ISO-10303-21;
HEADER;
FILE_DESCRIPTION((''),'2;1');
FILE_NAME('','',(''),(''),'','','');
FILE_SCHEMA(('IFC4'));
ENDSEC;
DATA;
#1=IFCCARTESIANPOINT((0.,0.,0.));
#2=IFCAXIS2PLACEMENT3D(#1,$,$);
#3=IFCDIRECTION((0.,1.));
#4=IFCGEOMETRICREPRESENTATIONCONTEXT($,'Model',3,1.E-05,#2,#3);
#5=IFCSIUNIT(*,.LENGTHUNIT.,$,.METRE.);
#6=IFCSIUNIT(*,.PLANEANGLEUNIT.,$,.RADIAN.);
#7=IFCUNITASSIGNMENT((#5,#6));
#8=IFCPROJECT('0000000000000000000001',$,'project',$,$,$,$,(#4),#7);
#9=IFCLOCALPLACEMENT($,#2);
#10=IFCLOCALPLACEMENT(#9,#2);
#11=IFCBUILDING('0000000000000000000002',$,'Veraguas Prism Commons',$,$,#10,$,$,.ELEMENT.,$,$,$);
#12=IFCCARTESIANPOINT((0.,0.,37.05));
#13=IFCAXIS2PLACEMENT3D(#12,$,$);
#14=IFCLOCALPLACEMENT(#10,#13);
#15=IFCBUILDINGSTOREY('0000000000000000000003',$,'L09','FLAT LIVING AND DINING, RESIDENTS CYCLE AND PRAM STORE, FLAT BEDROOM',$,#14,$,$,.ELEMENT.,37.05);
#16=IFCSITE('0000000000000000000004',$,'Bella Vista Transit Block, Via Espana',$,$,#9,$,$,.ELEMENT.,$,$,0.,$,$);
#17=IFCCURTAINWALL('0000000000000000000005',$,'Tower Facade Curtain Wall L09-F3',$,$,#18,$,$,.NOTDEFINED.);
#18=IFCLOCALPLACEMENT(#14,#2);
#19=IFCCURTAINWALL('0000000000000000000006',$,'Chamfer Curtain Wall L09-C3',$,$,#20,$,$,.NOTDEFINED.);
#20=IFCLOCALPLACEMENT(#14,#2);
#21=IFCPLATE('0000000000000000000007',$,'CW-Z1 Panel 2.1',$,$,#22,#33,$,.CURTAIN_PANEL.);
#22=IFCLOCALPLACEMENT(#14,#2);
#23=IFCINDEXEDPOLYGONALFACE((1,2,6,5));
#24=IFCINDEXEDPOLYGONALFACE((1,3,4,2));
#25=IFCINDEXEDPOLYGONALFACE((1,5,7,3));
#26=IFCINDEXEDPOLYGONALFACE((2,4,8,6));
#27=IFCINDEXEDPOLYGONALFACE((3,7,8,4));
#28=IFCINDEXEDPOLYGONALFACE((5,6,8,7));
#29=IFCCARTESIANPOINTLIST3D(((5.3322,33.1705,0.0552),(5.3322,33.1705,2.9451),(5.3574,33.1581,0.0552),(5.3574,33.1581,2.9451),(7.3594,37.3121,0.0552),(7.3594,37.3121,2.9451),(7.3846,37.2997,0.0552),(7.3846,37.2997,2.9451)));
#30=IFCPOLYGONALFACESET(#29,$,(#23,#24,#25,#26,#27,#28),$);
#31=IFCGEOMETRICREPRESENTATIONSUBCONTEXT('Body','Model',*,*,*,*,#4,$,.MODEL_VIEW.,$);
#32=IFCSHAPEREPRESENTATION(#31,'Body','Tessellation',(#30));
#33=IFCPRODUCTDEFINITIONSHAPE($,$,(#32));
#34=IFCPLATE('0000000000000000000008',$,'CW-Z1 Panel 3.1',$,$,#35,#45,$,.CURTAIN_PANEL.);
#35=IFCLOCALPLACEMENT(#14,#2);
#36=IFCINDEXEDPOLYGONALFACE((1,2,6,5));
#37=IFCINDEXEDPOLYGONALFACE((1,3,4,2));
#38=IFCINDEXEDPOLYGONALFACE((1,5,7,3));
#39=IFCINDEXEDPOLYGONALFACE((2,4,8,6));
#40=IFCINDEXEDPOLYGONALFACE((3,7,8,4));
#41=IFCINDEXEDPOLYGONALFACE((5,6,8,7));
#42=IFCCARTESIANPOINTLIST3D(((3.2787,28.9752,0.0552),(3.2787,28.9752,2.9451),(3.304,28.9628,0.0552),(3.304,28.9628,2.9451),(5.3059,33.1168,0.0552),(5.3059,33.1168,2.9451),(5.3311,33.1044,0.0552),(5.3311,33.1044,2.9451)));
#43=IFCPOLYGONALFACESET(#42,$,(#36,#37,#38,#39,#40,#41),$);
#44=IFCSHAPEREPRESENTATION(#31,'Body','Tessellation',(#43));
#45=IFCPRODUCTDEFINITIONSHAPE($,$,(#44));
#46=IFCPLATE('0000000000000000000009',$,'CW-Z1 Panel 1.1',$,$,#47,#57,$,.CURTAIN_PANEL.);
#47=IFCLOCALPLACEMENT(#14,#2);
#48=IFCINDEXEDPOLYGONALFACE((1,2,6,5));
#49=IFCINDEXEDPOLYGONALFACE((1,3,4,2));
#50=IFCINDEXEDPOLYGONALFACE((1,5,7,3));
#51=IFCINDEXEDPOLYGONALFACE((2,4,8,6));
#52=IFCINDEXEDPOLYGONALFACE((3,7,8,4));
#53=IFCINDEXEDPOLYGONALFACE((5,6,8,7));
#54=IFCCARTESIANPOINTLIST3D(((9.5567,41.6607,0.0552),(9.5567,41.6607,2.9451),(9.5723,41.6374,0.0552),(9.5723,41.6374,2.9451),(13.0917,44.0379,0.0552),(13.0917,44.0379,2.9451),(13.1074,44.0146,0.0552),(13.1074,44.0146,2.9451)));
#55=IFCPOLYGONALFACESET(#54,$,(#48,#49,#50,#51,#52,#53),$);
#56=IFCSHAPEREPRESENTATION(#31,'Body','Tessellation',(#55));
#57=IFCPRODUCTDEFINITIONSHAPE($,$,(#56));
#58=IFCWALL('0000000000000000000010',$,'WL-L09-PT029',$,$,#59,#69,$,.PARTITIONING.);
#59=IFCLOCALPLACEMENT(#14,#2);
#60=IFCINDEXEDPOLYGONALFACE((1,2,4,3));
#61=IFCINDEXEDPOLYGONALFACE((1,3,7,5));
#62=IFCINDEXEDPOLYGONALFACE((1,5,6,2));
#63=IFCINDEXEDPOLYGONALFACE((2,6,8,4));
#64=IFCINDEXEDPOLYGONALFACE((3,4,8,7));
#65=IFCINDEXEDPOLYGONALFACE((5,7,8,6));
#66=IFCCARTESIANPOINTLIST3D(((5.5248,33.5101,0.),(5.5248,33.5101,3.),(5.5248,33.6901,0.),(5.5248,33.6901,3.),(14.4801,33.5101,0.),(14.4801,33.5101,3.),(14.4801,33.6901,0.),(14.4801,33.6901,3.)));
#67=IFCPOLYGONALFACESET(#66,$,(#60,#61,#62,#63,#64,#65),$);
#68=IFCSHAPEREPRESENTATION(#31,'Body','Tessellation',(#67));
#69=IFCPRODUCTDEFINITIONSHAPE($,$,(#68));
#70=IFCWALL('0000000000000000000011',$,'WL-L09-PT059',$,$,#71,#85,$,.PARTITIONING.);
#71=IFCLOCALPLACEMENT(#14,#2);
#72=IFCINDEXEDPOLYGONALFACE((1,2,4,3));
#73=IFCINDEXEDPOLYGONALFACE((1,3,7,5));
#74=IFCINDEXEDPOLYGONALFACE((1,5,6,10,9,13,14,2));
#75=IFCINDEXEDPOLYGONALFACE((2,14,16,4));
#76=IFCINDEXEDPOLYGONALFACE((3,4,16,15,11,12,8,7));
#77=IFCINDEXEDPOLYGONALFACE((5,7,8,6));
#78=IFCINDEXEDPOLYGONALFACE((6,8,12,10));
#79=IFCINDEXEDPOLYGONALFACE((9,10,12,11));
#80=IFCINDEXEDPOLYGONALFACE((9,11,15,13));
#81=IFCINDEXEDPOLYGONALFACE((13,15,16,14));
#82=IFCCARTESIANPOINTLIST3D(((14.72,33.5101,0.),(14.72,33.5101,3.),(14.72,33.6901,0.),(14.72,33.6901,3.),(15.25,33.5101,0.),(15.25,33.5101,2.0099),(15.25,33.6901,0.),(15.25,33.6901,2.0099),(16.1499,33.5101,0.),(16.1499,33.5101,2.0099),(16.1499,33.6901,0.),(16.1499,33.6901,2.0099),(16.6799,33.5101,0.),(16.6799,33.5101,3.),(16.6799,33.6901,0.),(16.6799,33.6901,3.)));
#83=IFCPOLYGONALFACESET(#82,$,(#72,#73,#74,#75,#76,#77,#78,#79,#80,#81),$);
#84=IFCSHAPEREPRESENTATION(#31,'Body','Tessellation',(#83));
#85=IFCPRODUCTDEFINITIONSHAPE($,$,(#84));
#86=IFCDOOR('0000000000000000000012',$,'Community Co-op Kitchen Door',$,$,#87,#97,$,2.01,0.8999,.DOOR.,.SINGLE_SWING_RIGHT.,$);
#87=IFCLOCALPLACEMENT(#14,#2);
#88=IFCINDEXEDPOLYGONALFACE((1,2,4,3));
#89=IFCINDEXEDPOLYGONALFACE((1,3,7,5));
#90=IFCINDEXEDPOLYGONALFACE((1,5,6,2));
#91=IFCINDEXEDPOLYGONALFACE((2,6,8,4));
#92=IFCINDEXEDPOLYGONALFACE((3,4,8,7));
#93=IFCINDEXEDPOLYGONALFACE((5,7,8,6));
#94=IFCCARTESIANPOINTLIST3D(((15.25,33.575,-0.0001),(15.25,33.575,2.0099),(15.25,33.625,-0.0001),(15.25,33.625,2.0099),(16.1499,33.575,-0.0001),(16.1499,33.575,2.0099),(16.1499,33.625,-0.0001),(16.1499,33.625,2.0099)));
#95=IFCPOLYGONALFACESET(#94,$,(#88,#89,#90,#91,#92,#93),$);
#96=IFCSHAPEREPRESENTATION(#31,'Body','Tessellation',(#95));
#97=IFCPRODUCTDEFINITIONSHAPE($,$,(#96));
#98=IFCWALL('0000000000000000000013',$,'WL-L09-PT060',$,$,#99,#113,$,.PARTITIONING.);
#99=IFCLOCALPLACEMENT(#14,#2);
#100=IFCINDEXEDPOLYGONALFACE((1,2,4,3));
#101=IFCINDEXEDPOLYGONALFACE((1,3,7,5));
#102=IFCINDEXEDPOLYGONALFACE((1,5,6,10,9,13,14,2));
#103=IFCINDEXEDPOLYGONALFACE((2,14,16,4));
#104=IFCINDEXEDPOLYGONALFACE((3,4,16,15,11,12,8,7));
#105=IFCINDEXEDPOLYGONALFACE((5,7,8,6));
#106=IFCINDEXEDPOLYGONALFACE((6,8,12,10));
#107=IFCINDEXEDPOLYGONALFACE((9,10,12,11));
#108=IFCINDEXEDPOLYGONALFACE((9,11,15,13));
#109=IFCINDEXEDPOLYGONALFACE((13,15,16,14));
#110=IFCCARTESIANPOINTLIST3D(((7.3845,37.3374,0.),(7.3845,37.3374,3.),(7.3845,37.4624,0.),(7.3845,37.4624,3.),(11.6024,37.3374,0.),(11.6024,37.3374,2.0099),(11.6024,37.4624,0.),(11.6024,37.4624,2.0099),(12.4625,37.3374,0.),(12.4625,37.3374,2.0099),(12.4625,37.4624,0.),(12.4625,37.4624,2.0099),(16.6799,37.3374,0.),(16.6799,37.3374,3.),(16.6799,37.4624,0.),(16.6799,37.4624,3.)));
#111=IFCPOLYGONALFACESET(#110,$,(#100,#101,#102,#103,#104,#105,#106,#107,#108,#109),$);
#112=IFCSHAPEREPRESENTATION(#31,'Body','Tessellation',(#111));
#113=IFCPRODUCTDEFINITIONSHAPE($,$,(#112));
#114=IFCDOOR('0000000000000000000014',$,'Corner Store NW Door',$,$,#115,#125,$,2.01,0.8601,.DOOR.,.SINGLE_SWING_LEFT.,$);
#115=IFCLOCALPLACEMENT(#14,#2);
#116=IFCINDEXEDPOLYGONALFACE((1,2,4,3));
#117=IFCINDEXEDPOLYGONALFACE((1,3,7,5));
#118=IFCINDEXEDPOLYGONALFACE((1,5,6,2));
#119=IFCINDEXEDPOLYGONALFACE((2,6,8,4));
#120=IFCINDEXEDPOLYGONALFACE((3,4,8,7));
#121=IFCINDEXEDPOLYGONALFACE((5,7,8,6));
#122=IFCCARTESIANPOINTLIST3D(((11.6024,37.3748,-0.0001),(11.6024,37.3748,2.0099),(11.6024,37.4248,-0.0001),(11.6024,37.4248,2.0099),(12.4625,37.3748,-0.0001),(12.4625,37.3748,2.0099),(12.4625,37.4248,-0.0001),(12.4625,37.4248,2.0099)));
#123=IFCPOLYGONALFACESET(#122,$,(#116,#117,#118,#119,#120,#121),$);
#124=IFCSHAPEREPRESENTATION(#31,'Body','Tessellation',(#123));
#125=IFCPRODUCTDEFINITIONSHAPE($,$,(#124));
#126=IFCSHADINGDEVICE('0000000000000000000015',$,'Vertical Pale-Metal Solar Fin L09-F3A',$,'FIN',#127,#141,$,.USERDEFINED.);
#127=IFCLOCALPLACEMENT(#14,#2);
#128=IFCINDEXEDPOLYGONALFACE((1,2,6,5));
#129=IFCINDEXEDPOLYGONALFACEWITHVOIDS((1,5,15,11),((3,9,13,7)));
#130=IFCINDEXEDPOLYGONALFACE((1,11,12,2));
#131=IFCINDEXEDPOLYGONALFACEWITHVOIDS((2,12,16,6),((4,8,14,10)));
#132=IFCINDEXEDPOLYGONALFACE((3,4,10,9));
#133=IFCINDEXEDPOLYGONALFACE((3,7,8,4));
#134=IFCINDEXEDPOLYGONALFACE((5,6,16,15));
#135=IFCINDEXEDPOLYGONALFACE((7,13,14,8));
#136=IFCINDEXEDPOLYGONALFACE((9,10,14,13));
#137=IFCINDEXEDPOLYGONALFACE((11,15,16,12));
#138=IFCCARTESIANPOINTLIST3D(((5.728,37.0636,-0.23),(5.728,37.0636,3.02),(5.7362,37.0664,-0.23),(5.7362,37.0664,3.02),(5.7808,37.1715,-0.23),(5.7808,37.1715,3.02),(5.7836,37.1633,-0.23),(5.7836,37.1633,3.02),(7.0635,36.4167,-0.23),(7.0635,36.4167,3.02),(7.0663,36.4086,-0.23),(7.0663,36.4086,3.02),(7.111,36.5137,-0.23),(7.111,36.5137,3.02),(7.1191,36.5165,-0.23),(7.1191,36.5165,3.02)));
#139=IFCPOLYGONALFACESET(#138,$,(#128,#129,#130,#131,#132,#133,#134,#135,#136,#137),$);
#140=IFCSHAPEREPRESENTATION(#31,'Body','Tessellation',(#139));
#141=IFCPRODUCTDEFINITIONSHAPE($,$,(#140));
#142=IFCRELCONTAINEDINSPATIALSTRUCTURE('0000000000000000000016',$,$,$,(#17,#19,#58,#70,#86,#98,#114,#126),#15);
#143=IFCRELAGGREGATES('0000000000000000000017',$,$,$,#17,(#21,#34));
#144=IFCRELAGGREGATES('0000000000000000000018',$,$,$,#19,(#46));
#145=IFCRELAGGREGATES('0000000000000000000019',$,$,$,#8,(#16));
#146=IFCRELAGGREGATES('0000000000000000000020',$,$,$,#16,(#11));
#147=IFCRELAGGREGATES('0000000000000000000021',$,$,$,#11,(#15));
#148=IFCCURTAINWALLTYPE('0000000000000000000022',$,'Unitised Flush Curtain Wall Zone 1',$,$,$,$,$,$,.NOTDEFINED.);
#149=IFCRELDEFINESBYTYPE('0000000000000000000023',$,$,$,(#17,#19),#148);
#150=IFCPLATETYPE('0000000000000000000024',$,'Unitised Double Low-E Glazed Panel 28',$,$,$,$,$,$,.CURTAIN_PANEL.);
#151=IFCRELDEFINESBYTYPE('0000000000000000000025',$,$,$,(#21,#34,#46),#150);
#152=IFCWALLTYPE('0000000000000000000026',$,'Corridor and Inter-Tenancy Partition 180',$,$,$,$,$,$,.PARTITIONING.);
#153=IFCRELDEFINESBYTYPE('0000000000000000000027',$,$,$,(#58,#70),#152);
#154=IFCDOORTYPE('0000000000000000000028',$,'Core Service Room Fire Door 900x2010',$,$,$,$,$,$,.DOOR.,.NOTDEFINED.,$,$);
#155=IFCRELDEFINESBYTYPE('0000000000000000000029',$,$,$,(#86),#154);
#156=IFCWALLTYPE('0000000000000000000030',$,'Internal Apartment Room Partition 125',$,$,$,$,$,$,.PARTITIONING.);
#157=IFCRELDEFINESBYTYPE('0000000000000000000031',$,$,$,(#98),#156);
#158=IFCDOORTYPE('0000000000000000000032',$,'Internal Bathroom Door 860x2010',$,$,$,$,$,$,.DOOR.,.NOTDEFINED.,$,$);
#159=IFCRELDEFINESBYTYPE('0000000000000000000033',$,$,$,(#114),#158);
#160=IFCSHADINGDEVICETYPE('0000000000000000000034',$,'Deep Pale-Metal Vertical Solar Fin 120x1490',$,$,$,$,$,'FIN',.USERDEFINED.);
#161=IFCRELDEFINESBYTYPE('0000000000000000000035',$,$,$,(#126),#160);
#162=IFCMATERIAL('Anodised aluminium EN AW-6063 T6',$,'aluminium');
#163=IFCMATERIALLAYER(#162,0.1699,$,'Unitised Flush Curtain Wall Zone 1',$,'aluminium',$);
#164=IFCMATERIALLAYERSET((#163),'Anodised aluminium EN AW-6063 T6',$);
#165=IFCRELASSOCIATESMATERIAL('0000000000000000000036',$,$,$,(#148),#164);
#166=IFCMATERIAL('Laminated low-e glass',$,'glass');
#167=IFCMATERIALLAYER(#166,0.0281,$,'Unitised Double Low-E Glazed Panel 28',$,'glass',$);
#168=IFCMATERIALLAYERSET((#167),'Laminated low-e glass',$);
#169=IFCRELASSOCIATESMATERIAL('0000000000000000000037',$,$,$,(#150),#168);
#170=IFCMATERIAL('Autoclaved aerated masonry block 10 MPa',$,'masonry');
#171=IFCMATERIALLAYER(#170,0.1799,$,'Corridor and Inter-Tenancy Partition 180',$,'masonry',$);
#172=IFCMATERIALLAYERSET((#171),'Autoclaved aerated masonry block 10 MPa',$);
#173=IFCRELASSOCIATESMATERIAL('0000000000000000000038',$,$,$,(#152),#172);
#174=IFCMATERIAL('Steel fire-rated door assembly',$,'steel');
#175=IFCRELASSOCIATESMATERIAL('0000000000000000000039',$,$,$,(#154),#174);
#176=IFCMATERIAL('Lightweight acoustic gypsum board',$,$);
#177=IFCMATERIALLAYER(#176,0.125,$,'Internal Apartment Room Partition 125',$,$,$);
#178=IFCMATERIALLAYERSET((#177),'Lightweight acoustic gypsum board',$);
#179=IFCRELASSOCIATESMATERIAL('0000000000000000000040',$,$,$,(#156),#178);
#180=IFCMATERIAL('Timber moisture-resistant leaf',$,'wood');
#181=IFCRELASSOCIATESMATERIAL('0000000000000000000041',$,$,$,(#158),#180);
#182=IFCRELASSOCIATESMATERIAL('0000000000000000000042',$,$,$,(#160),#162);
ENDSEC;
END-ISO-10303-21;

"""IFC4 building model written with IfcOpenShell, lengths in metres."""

from ifc_helpers import new_model, si_unit, direction, frame, frame_2d, origin, origin_2d, place, context, subcontext, project, spatial, rectangle, hollow_rectangle, extrude, source, transform, mapped, material, layer, layer_set, material_profile, profile_set, type_object, element, fill, aggregate, save


model = new_model("IFC4")

# Units and contexts
model_context = context("Model", 3, precision=1e-05, world=origin(), true_north=direction((0.0, 1.0)))
body_context = subcontext(model_context, "Body", "Model", "MODEL_VIEW")
ifc_project = project(units=[si_unit("LENGTHUNIT", "METRE"), si_unit("PLANEANGLEUNIT", "RADIAN")], contexts=[model_context])

# Site, building, storey
site_placement = place(None, origin())
site = spatial("IfcSite", under=ifc_project, at=site_placement, Name="Bella Vista Transit Block, Via Espana", CompositionType="ELEMENT", RefElevation=0.0)
building_placement = place(site_placement, origin())
building = spatial("IfcBuilding", under=site, at=building_placement, Name="Veraguas Prism Commons", CompositionType="ELEMENT")
storey_placement = place(building_placement, frame((0.0, 0.0, 37.05)))
storey = spatial("IfcBuildingStorey", under=building, at=storey_placement, Name="L09", Description="FLAT LIVING AND DINING, RESIDENTS CYCLE AND PRAM STORE, FLAT BEDROOM", CompositionType="ELEMENT", Elevation=37.05)

# Curtain walls
ifc_material_1 = material(Name="Anodised aluminium EN AW-6063 T6", Category="aluminium")
ifc_layer_1 = layer(ifc_material_1, 0.1699, Name="Unitised Flush Curtain Wall Zone 1", Category="aluminium")
ifc_layer_set_1 = layer_set([ifc_layer_1], Name="Anodised aluminium EN AW-6063 T6")
curtain_wall_type = type_object("IfcCurtainWallType", Name="Unitised Flush Curtain Wall Zone 1", PredefinedType="NOTDEFINED", material=ifc_layer_set_1)
curtain_wall_1_placement = place(storey_placement, origin())
curtain_wall_1 = element("IfcCurtainWall", 1, at=curtain_wall_1_placement, inside=storey, type_object=curtain_wall_type, Name="Tower Facade Curtain Wall L09-F3", PredefinedType="NOTDEFINED")
curtain_wall_2_placement = place(storey_placement, origin())
curtain_wall_2 = element("IfcCurtainWall", 2, at=curtain_wall_2_placement, inside=storey, type_object=curtain_wall_type, Name="Chamfer Curtain Wall L09-C3", PredefinedType="NOTDEFINED")

# Plates
ifc_material_2 = material(Name="Laminated low-e glass", Category="glass")
ifc_layer_2 = layer(ifc_material_2, 0.0281, Name="Unitised Double Low-E Glazed Panel 28", Category="glass")
ifc_layer_set_2 = layer_set([ifc_layer_2], Name="Laminated low-e glass")
plate_type = type_object("IfcPlateType", Name="Unitised Double Low-E Glazed Panel 28", PredefinedType="CURTAIN_PANEL", material=ifc_layer_set_2)
shared_shape_1 = source(origin(), body_context, "Body", "SweptSolid", [
    extrude(rectangle(XDim=4.6111, YDim=0.0281, at=origin_2d()), origin(), (0.0, 0.0, 1.0), 2.8899),
])
plate_1_placement = place(storey_placement, frame((6.3584, 35.2351, 0.0552), z_axis=(0.0, 0.0, 1.0), x_axis=(-0.439626, -0.898181, 0.0)))
plate_1 = element("IfcPlate", 3, at=plate_1_placement, type_object=plate_type, Name="CW-Z1 Panel 2.1", PredefinedType="CURTAIN_PANEL", context=body_context, shape_type="MappedRepresentation", body=[
    mapped(shared_shape_1, transform((0.0, 0.0, 0.0), scale=1.0)),
])
plate_2_placement = place(storey_placement, frame((4.3049, 31.0398, 0.0552), z_axis=(0.0, 0.0, 1.0), x_axis=(-0.439626, -0.898181, 0.0)))
plate_2 = element("IfcPlate", 4, at=plate_2_placement, type_object=plate_type, Name="CW-Z1 Panel 3.1", PredefinedType="CURTAIN_PANEL", context=body_context, shape_type="MappedRepresentation", body=[
    mapped(shared_shape_1, transform((0.0, 0.0, 0.0), scale=1.0)),
])
aggregate(curtain_wall_1, [plate_1, plate_2])
shared_shape_2 = source(origin(), body_context, "Body", "SweptSolid", [
    extrude(rectangle(XDim=4.26, YDim=0.0281, at=origin_2d()), origin(), (0.0, 0.0, 1.0), 2.8899),
])
plate_3_placement = place(storey_placement, frame((11.332, 42.8376, 0.0552), z_axis=(0.0, 0.0, 1.0), x_axis=(-0.829827, -0.55802, 0.0)))
plate_3 = element("IfcPlate", 5, at=plate_3_placement, type_object=plate_type, Name="CW-Z1 Panel 1.1", PredefinedType="CURTAIN_PANEL", context=body_context, shape_type="MappedRepresentation", body=[
    mapped(shared_shape_2, transform((0.0, 0.0, 0.0), scale=1.0)),
])
aggregate(curtain_wall_2, [plate_3])

# Wall
ifc_material_3 = material(Name="Autoclaved aerated masonry block 10 MPa", Category="masonry")
ifc_layer_3 = layer(ifc_material_3, 0.1799, Name="Corridor and Inter-Tenancy Partition 180", Category="masonry")
ifc_layer_set_3 = layer_set([ifc_layer_3], Name="Autoclaved aerated masonry block 10 MPa")
wall_type_1 = type_object("IfcWallType", Name="Corridor and Inter-Tenancy Partition 180", PredefinedType="PARTITIONING", material=ifc_layer_set_3)
wall_1_placement = place(storey_placement, frame((14.48, 33.6001, 0.0), z_axis=(0.0, 0.0, 1.0), x_axis=(-1.0, 0.0, 0.0)))
element("IfcWall", 6, at=wall_1_placement, inside=storey, type_object=wall_type_1, Name="WL-L09-PT029", PredefinedType="PARTITIONING", context=body_context, shape_type="SweptSolid", body=[
    extrude(rectangle(XDim=8.9553, YDim=0.1799, at=frame_2d((4.4775, 0.0))), origin(), (0.0, 0.0, 1.0), 3.0),
])

# Walls, openings, doors
wall_2_placement = place(storey_placement, frame((14.72, 33.6001, 0.0), z_axis=(0.0, 0.0, 1.0), x_axis=(1.0, 0.0, 0.0)))
wall_2 = element("IfcWall", 7, at=wall_2_placement, inside=storey, type_object=wall_type_1, Name="WL-L09-PT059", PredefinedType="PARTITIONING", context=body_context, shape_type="SweptSolid", body=[
    extrude(rectangle(XDim=1.96, YDim=0.1799, at=frame_2d((0.98, 0.0))), origin(), (0.0, 0.0, 1.0), 3.0),
])
opening_1_placement = place(wall_2_placement, frame((0.53, 0.0, 0.0)))
opening_1 = element("IfcOpeningElement", 8, at=opening_1_placement, cuts=wall_2, PredefinedType="OPENING", context=body_context, shape_type="SweptSolid", body=[
    extrude(rectangle(XDim=0.8999, YDim=2.01, at=frame_2d((0.45, 1.0049))), frame((0.0, 0.0999, 0.0), z_axis=(0.0, -1.0, 0.0), x_axis=(1.0, 0.0, 0.0)), (0.0, 0.0, 1.0), 0.2),
])
ifc_material_4 = material(Name="Steel fire-rated door assembly", Category="steel")
door_type_1 = type_object("IfcDoorType", Name="Core Service Room Fire Door 900x2010", OperationType="NOTDEFINED", PredefinedType="DOOR", material=ifc_material_4)
shared_shape_3 = source(origin(), body_context, "Body", "SweptSolid", [
    extrude(rectangle(XDim=0.8999, YDim=2.01, at=frame_2d((0.45, 1.0049))), frame((0.0, 0.0249, 0.0), z_axis=(0.0, -1.0, 0.0), x_axis=(1.0, 0.0, 0.0)), (0.0, 0.0, 1.0), 0.05),
])
door_1_placement = place(opening_1_placement, origin())
door_1 = element("IfcDoor", 9, at=door_1_placement, inside=storey, type_object=door_type_1, Name="Community Co-op Kitchen Door", OperationType="SINGLE_SWING_RIGHT", OverallHeight=2.01, OverallWidth=0.8999, PredefinedType="DOOR", context=body_context, shape_type="MappedRepresentation", body=[
    mapped(shared_shape_3, transform((0.0, 0.0, 0.0), scale=1.0)),
])
fill(opening_1, door_1)
ifc_material_5 = material(Name="Lightweight acoustic gypsum board")
ifc_layer_4 = layer(ifc_material_5, 0.125, Name="Internal Apartment Room Partition 125")
ifc_layer_set_4 = layer_set([ifc_layer_4], Name="Lightweight acoustic gypsum board")
wall_type_2 = type_object("IfcWallType", Name="Internal Apartment Room Partition 125", PredefinedType="PARTITIONING", material=ifc_layer_set_4)
wall_3_placement = place(storey_placement, frame((7.3845, 37.3999, 0.0), z_axis=(0.0, 0.0, 1.0), x_axis=(1.0, 0.0, 0.0)))
wall_3 = element("IfcWall", 10, at=wall_3_placement, inside=storey, type_object=wall_type_2, Name="WL-L09-PT060", PredefinedType="PARTITIONING", context=body_context, shape_type="SweptSolid", body=[
    extrude(rectangle(XDim=9.2954, YDim=0.125, at=frame_2d((4.6477, 0.0))), origin(), (0.0, 0.0, 1.0), 3.0),
])
opening_2_placement = place(wall_3_placement, frame((4.2178, 0.0, 0.0)))
opening_2 = element("IfcOpeningElement", 11, at=opening_2_placement, cuts=wall_3, PredefinedType="OPENING", context=body_context, shape_type="SweptSolid", body=[
    extrude(rectangle(XDim=0.8601, YDim=2.01, at=frame_2d((0.4302, 1.0049))), frame((0.0, 0.0725, 0.0), z_axis=(0.0, -1.0, 0.0), x_axis=(1.0, 0.0, 0.0)), (0.0, 0.0, 1.0), 0.145),
])
ifc_material_6 = material(Name="Timber moisture-resistant leaf", Category="wood")
door_type_2 = type_object("IfcDoorType", Name="Internal Bathroom Door 860x2010", OperationType="NOTDEFINED", PredefinedType="DOOR", material=ifc_material_6)
shared_shape_4 = source(origin(), body_context, "Body", "SweptSolid", [
    extrude(rectangle(XDim=0.8601, YDim=2.01, at=frame_2d((0.4302, 1.0049))), frame((0.0, 0.0249, 0.0), z_axis=(0.0, -1.0, 0.0), x_axis=(1.0, 0.0, 0.0)), (0.0, 0.0, 1.0), 0.05),
])
door_2_placement = place(opening_2_placement, origin())
door_2 = element("IfcDoor", 12, at=door_2_placement, inside=storey, type_object=door_type_2, Name="Corner Store NW Door", OperationType="SINGLE_SWING_LEFT", OverallHeight=2.01, OverallWidth=0.8601, PredefinedType="DOOR", context=body_context, shape_type="MappedRepresentation", body=[
    mapped(shared_shape_4, transform((0.0, 0.0, 0.0), scale=1.0)),
])
fill(opening_2, door_2)

# Shading device
ifc_material_profile_1 = material_profile(ifc_material_1, hollow_rectangle(XDim=0.1201, YDim=1.49, WallThickness=0.0061, at=origin_2d()), Name="FIN120X1490X6")
ifc_profile_set_1 = profile_set([ifc_material_profile_1], Name="Anodised aluminium EN AW-6063 T6")
shading_device_type = type_object("IfcShadingDeviceType", Name="Deep Pale-Metal Vertical Solar Fin 120x1490", ElementType="FIN", PredefinedType="USERDEFINED", material=ifc_profile_set_1)
shading_device_placement = place(storey_placement, frame((6.4236, 36.79, -0.23), z_axis=(0.0, 0.0, 1.0), x_axis=(-0.439627, -0.89818, 0.0)))
element("IfcShadingDevice", 13, at=shading_device_placement, inside=storey, type_object=shading_device_type, Name="Vertical Pale-Metal Solar Fin L09-F3A", ObjectType="FIN", PredefinedType="USERDEFINED", context=body_context, shape_type="SweptSolid", body=[
    extrude(hollow_rectangle(XDim=0.1201, YDim=1.49, WallThickness=0.0061, at=origin_2d()), origin(), (0.0, 0.0, 1.0), 3.25),
])

save(model, "model.ifc")
